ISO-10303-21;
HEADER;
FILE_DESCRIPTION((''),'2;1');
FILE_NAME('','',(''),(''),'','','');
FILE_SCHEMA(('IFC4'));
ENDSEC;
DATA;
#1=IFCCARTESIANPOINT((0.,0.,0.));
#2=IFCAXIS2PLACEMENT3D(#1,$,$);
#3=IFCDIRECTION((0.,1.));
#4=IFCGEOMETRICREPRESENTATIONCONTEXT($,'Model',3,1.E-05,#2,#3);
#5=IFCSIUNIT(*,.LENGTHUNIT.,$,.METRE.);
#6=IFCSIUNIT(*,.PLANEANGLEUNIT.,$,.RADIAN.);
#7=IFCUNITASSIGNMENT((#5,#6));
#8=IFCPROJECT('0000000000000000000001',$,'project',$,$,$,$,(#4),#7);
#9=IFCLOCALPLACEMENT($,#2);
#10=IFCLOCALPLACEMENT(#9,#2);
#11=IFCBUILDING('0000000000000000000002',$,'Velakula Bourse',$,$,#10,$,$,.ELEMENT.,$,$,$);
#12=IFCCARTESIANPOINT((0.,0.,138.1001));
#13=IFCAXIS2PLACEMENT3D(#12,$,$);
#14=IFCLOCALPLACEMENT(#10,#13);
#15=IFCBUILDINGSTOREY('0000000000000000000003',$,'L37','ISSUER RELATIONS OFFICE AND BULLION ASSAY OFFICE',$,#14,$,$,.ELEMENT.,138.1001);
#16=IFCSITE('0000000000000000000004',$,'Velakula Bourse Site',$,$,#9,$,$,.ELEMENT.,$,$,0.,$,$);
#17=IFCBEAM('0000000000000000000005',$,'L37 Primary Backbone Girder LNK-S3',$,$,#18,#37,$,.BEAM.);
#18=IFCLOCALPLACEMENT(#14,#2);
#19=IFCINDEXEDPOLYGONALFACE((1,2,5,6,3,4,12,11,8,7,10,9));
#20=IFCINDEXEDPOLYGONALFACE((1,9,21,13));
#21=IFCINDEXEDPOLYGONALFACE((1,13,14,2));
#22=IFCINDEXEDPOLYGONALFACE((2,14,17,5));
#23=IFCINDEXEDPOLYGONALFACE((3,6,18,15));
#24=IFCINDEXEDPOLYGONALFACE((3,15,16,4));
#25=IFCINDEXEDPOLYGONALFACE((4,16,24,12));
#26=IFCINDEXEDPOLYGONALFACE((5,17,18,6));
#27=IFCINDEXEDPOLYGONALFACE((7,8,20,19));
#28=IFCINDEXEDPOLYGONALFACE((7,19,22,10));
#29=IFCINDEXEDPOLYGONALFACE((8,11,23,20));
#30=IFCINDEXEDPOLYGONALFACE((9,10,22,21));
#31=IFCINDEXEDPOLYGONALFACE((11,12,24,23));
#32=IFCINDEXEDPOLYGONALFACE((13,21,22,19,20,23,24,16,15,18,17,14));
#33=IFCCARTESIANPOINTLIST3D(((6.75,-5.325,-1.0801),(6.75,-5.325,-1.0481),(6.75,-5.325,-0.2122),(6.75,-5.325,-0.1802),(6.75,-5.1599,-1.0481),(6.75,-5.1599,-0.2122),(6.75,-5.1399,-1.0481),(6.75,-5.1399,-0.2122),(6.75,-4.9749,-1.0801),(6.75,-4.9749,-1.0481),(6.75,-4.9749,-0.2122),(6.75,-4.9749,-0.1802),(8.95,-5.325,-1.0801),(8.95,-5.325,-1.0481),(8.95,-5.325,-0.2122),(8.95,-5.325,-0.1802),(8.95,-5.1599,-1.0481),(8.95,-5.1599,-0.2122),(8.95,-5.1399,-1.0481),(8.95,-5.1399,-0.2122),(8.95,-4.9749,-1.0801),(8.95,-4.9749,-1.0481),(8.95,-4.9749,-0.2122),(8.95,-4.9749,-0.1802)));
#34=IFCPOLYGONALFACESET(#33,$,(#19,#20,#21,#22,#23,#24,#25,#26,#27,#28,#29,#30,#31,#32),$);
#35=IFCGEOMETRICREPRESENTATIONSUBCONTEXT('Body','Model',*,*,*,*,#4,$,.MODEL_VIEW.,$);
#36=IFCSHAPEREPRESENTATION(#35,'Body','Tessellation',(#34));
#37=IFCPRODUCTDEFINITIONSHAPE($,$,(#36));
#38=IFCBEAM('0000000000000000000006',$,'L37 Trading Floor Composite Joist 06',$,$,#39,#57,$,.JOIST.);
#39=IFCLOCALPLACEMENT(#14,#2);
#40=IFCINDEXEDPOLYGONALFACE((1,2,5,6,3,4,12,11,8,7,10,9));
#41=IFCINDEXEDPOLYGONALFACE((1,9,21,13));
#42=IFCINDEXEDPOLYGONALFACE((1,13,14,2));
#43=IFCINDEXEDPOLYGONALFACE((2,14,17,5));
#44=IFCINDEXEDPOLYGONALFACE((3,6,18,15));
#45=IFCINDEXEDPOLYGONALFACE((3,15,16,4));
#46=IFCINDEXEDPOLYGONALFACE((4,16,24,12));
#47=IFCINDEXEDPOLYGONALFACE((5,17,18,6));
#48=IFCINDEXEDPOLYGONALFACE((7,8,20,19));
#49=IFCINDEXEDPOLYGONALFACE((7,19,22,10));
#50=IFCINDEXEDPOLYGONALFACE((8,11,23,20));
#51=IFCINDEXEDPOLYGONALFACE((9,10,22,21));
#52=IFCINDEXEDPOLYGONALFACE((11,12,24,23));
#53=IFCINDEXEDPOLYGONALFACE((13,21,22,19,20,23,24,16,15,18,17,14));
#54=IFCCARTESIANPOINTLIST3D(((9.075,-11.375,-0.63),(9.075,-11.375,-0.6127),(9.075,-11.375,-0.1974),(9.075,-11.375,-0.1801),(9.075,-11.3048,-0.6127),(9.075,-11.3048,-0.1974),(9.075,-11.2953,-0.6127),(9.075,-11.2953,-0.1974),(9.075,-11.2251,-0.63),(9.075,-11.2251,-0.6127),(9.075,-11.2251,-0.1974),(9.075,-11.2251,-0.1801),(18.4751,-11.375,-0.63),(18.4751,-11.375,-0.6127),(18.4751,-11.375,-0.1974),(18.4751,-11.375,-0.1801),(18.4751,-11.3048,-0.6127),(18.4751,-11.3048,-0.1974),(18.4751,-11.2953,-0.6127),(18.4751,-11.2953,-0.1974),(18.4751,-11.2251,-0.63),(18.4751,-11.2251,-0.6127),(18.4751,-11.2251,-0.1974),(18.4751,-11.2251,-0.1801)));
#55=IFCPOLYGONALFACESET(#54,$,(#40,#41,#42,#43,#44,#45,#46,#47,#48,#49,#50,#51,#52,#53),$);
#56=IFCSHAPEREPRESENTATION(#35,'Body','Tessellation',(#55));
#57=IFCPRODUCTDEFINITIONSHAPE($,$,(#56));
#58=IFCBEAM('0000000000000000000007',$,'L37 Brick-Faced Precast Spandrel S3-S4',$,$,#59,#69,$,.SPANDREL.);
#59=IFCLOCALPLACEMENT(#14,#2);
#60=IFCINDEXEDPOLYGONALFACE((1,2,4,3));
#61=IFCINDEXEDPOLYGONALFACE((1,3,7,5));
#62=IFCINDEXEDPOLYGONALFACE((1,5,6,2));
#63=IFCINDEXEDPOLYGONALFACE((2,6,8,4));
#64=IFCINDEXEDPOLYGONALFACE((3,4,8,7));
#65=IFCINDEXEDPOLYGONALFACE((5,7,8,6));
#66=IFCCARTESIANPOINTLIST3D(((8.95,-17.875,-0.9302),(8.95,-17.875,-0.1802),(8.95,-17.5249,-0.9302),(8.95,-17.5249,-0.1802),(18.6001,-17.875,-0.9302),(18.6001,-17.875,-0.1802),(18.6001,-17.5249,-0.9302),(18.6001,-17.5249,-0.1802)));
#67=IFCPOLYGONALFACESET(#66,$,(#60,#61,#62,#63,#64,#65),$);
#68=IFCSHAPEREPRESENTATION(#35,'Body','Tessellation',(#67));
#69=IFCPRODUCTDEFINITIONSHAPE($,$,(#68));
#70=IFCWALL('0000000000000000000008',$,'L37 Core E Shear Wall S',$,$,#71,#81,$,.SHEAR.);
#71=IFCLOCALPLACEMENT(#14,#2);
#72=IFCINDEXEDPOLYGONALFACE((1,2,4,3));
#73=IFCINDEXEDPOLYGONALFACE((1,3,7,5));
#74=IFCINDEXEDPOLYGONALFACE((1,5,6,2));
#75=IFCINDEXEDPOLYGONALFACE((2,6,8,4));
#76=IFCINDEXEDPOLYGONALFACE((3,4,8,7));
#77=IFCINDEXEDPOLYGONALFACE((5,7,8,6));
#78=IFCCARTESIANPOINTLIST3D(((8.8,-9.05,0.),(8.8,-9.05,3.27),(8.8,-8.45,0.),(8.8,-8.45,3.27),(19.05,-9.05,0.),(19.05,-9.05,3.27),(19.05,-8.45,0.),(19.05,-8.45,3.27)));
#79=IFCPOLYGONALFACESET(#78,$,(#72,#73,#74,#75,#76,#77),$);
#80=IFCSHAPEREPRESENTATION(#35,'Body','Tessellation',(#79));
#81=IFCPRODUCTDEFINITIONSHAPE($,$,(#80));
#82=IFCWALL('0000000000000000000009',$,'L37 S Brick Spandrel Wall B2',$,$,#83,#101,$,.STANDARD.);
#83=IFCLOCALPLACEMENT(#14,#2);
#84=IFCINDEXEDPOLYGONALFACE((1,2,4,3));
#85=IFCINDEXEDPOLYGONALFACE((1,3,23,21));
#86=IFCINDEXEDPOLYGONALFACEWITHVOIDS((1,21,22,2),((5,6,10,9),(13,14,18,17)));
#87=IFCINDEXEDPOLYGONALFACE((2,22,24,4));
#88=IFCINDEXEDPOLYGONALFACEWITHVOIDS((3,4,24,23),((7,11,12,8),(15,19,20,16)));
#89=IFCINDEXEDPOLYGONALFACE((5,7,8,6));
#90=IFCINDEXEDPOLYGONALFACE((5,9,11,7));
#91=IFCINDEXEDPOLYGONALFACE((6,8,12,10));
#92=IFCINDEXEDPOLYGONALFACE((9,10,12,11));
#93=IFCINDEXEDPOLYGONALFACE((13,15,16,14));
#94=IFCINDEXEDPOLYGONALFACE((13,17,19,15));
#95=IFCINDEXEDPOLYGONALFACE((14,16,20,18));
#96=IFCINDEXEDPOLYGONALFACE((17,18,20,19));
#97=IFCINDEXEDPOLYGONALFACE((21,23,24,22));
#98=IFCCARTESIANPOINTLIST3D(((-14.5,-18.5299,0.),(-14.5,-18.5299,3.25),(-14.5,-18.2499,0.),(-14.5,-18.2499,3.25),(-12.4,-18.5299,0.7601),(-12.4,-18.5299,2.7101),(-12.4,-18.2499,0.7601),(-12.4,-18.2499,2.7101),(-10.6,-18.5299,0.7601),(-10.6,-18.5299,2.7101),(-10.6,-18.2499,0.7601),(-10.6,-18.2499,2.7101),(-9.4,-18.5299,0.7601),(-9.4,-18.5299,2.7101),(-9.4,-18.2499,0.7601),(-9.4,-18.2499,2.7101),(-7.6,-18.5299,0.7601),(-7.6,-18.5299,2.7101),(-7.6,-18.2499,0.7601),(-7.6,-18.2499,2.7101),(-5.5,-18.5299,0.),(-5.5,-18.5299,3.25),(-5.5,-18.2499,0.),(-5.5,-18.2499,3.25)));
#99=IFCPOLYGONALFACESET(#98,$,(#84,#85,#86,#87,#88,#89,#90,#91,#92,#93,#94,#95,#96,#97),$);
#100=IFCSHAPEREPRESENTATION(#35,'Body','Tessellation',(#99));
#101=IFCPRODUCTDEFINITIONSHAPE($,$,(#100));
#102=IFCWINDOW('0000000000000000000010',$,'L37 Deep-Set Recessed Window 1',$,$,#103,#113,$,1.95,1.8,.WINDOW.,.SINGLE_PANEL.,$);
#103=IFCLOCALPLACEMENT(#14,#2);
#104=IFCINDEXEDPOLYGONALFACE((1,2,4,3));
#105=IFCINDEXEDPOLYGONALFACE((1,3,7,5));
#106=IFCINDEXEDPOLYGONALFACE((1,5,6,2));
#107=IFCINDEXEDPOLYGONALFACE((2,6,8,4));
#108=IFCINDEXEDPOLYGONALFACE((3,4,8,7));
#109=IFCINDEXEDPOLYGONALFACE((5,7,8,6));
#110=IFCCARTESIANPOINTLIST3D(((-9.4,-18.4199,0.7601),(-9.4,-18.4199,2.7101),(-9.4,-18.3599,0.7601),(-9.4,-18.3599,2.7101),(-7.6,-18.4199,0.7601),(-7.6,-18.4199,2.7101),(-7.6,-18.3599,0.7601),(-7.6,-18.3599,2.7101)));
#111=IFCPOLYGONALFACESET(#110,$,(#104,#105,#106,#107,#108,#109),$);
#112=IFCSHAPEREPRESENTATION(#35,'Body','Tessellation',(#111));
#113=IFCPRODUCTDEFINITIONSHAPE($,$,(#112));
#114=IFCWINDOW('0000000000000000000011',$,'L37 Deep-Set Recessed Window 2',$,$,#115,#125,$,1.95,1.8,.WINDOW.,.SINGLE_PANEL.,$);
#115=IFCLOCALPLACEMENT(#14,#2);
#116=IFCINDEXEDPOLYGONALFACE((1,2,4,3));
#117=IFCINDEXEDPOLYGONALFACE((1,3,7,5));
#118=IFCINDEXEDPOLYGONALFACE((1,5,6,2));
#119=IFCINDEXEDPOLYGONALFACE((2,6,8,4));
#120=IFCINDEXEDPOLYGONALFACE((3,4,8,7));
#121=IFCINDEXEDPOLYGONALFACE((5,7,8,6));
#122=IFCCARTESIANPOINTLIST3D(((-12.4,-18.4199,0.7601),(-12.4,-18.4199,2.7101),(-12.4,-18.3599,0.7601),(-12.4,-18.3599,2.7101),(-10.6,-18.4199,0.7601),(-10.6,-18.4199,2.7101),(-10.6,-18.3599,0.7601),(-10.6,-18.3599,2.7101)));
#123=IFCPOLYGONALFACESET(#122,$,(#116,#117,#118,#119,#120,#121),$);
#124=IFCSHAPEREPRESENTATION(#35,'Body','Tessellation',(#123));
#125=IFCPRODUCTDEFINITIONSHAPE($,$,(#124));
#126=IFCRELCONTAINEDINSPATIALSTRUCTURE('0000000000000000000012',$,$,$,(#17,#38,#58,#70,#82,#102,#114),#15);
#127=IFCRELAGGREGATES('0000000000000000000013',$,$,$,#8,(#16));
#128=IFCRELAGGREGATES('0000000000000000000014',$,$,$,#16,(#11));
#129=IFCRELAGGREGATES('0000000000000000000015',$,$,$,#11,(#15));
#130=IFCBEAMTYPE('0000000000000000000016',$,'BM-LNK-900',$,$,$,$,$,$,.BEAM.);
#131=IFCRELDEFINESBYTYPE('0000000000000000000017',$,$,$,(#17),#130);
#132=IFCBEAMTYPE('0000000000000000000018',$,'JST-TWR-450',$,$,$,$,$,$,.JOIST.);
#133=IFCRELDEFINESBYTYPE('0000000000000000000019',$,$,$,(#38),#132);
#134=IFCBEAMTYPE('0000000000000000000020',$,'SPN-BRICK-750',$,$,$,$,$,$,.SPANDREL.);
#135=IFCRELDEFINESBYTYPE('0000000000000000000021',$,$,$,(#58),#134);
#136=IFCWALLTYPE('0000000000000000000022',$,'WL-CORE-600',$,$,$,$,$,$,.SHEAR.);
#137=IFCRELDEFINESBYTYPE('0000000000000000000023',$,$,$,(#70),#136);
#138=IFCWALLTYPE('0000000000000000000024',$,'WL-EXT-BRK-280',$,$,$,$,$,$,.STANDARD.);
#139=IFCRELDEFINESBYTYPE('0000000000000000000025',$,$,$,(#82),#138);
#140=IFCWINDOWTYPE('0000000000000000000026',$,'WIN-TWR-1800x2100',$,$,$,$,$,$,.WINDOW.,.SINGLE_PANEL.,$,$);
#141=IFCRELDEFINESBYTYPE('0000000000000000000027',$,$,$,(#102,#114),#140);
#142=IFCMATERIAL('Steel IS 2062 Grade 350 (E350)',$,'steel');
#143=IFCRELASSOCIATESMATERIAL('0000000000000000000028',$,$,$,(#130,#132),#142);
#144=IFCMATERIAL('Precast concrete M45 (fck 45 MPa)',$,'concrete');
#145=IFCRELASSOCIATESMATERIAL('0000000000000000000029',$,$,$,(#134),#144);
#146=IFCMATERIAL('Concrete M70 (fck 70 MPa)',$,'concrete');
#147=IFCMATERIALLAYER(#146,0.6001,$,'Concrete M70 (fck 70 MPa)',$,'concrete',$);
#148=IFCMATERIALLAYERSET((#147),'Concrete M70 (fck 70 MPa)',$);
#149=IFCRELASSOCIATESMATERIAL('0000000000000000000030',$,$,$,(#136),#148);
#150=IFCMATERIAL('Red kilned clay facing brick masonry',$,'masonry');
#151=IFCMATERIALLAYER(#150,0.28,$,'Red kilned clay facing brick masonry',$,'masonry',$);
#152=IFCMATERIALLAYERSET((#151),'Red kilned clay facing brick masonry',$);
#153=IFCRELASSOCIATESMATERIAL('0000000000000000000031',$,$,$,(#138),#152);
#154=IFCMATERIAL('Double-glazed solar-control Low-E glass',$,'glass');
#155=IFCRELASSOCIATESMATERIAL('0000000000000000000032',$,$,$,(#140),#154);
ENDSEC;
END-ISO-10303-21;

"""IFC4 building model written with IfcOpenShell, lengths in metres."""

from ifc_helpers import new_model, si_unit, direction, frame, frame_2d, origin, origin_2d, place, context, subcontext, project, spatial, rectangle, i_section, extrude, material, layer, layer_set, material_profile, profile_set, type_object, element, fill, save


model = new_model("IFC4")

# Units and contexts
model_context = context("Model", 3, precision=1e-05, world=origin(), true_north=direction((0.0, 1.0)))
body_context = subcontext(model_context, "Body", "Model", "MODEL_VIEW")
ifc_project = project(units=[si_unit("LENGTHUNIT", "METRE"), si_unit("PLANEANGLEUNIT", "RADIAN")], contexts=[model_context])

# Site, building, storey
site_placement = place(None, origin())
site = spatial("IfcSite", under=ifc_project, at=site_placement, Name="Velakula Bourse Site", CompositionType="ELEMENT", RefElevation=0.0)
building_placement = place(site_placement, origin())
building = spatial("IfcBuilding", under=site, at=building_placement, Name="Velakula Bourse", CompositionType="ELEMENT")
storey_placement = place(building_placement, frame((0.0, 0.0, 138.1001)))
storey = spatial("IfcBuildingStorey", under=building, at=storey_placement, Name="L37", Description="ISSUER RELATIONS OFFICE AND BULLION ASSAY OFFICE", CompositionType="ELEMENT", Elevation=138.1001)

# Shared definitions
ifc_material_1 = material(Name="Concrete M70 (fck 70 MPa)", Category="concrete")
ifc_material_2 = material(Name="Steel IS 2062 Grade 350 (E350)", Category="steel")

# Beams
ifc_material_profile_1 = material_profile(ifc_material_2, i_section(OverallWidth=0.3501, OverallDepth=0.8999, WebThickness=0.02, FlangeThickness=0.032, at=origin_2d()), Name="Steel IS 2062 Grade 350 (E350)")
ifc_profile_set_1 = profile_set([ifc_material_profile_1], Name="Steel IS 2062 Grade 350 (E350)")
beam_type_1 = type_object("IfcBeamType", Name="BM-LNK-900", PredefinedType="BEAM", material=ifc_profile_set_1)
beam_1_placement = place(storey_placement, frame((6.75, -5.1499, -0.6301), z_axis=(1.0, 0.0, 0.0), x_axis=(0.0, 1.0, 0.0)))
element("IfcBeam", 1, at=beam_1_placement, inside=storey, type_object=beam_type_1, Name="L37 Primary Backbone Girder LNK-S3", PredefinedType="BEAM", context=body_context, shape_type="SweptSolid", body=[
    extrude(i_section(OverallWidth=0.3501, OverallDepth=0.8999, WebThickness=0.02, FlangeThickness=0.032, at=origin_2d()), origin(), (0.0, 0.0, 1.0), 2.2),
])
ifc_material_profile_2 = material_profile(ifc_material_2, i_section(OverallWidth=0.1499, OverallDepth=0.45, WebThickness=0.0095, FlangeThickness=0.0173, at=origin_2d()), Name="Steel IS 2062 Grade 350 (E350)")
ifc_profile_set_2 = profile_set([ifc_material_profile_2], Name="Steel IS 2062 Grade 350 (E350)")
beam_type_2 = type_object("IfcBeamType", Name="JST-TWR-450", PredefinedType="JOIST", material=ifc_profile_set_2)
beam_2_placement = place(storey_placement, frame((9.075, -11.3, -0.405), z_axis=(1.0, 0.0, 0.0), x_axis=(0.0, 1.0, 0.0)))
element("IfcBeam", 2, at=beam_2_placement, inside=storey, type_object=beam_type_2, Name="L37 Trading Floor Composite Joist 06", PredefinedType="JOIST", context=body_context, shape_type="SweptSolid", body=[
    extrude(i_section(OverallWidth=0.1499, OverallDepth=0.45, WebThickness=0.0095, FlangeThickness=0.0173, at=origin_2d()), origin(), (0.0, 0.0, 1.0), 9.4001),
])
ifc_material_3 = material(Name="Precast concrete M45 (fck 45 MPa)", Category="concrete")
ifc_material_profile_3 = material_profile(ifc_material_3, rectangle(XDim=0.3501, YDim=0.75, at=origin_2d()), Name="Precast concrete M45 (fck 45 MPa)")
ifc_profile_set_3 = profile_set([ifc_material_profile_3], Name="Precast concrete M45 (fck 45 MPa)")
beam_type_3 = type_object("IfcBeamType", Name="SPN-BRICK-750", PredefinedType="SPANDREL", material=ifc_profile_set_3)
beam_3_placement = place(storey_placement, frame((8.95, -17.7, -0.5552), z_axis=(1.0, 0.0, 0.0), x_axis=(0.0, 1.0, 0.0)))
element("IfcBeam", 3, at=beam_3_placement, inside=storey, type_object=beam_type_3, Name="L37 Brick-Faced Precast Spandrel S3-S4", PredefinedType="SPANDREL", context=body_context, shape_type="SweptSolid", body=[
    extrude(rectangle(XDim=0.3501, YDim=0.75, at=origin_2d()), origin(), (0.0, 0.0, 1.0), 9.6501),
])

# Wall
ifc_layer_1 = layer(ifc_material_1, 0.6001, Name="Concrete M70 (fck 70 MPa)", Category="concrete")
ifc_layer_set_1 = layer_set([ifc_layer_1], Name="Concrete M70 (fck 70 MPa)")
wall_type_1 = type_object("IfcWallType", Name="WL-CORE-600", PredefinedType="SHEAR", material=ifc_layer_set_1)
wall_1_placement = place(storey_placement, frame((8.8, -8.75, 0.0), z_axis=(0.0, 0.0, 1.0), x_axis=(1.0, 0.0, 0.0)))
element("IfcWall", 4, at=wall_1_placement, inside=storey, type_object=wall_type_1, Name="L37 Core E Shear Wall S", PredefinedType="SHEAR", context=body_context, shape_type="SweptSolid", body=[
    extrude(rectangle(XDim=10.25, YDim=0.6001, at=frame_2d((5.125, 0.0))), origin(), (0.0, 0.0, 1.0), 3.27),
])

# Wall, openings, windows
ifc_material_4 = material(Name="Red kilned clay facing brick masonry", Category="masonry")
ifc_layer_2 = layer(ifc_material_4, 0.28, Name="Red kilned clay facing brick masonry", Category="masonry")
ifc_layer_set_2 = layer_set([ifc_layer_2], Name="Red kilned clay facing brick masonry")
wall_type_2 = type_object("IfcWallType", Name="WL-EXT-BRK-280", PredefinedType="STANDARD", material=ifc_layer_set_2)
wall_2_placement = place(storey_placement, frame((-5.5, -18.3899, 0.0), z_axis=(0.0, 0.0, 1.0), x_axis=(-1.0, 0.0, 0.0)))
wall_2 = element("IfcWall", 5, at=wall_2_placement, inside=storey, type_object=wall_type_2, Name="L37 S Brick Spandrel Wall B2", PredefinedType="STANDARD", context=body_context, shape_type="SweptSolid", body=[
    extrude(rectangle(XDim=9.0, YDim=0.28, at=frame_2d((4.5, 0.0))), origin(), (0.0, 0.0, 1.0), 3.25),
])
opening_1_placement = place(wall_2_placement, frame((2.1001, 0.0, 0.76)))
opening_1 = element("IfcOpeningElement", 6, at=opening_1_placement, cuts=wall_2, PredefinedType="OPENING", context=body_context, shape_type="SweptSolid", body=[
    extrude(rectangle(XDim=1.8, YDim=1.95, at=frame_2d((0.8999, 0.9751))), frame((0.0, 0.1499, 0.0), z_axis=(0.0, -1.0, 0.0), x_axis=(1.0, 0.0, 0.0)), (0.0, 0.0, 1.0), 0.3),
])
opening_2_placement = place(wall_2_placement, frame((5.1001, 0.0, 0.76)))
opening_2 = element("IfcOpeningElement", 7, at=opening_2_placement, cuts=wall_2, PredefinedType="OPENING", context=body_context, shape_type="SweptSolid", body=[
    extrude(rectangle(XDim=1.8, YDim=1.95, at=frame_2d((0.8999, 0.9751))), frame((0.0, 0.1499, 0.0), z_axis=(0.0, -1.0, 0.0), x_axis=(1.0, 0.0, 0.0)), (0.0, 0.0, 1.0), 0.3),
])
ifc_material_5 = material(Name="Double-glazed solar-control Low-E glass", Category="glass")
window_type = type_object("IfcWindowType", Name="WIN-TWR-1800x2100", PartitioningType="SINGLE_PANEL", PredefinedType="WINDOW", material=ifc_material_5)
window_1_placement = place(opening_1_placement, origin())
window_1 = element("IfcWindow", 8, at=window_1_placement, inside=storey, type_object=window_type, Name="L37 Deep-Set Recessed Window 1", OverallHeight=1.95, OverallWidth=1.8, PartitioningType="SINGLE_PANEL", PredefinedType="WINDOW", context=body_context, shape_type="SweptSolid", body=[
    extrude(rectangle(XDim=1.8, YDim=1.95, at=frame_2d((0.8999, 0.9751))), frame((0.0, 0.03, 0.0), z_axis=(0.0, -1.0, 0.0), x_axis=(1.0, 0.0, 0.0)), (0.0, 0.0, 1.0), 0.0601),
])
fill(opening_1, window_1)
window_2_placement = place(opening_2_placement, origin())
window_2 = element("IfcWindow", 9, at=window_2_placement, inside=storey, type_object=window_type, Name="L37 Deep-Set Recessed Window 2", OverallHeight=1.95, OverallWidth=1.8, PartitioningType="SINGLE_PANEL", PredefinedType="WINDOW", context=body_context, shape_type="SweptSolid", body=[
    extrude(rectangle(XDim=1.8, YDim=1.95, at=frame_2d((0.8999, 0.9751))), frame((0.0, 0.03, 0.0), z_axis=(0.0, -1.0, 0.0), x_axis=(1.0, 0.0, 0.0)), (0.0, 0.0, 1.0), 0.0601),
])
fill(opening_2, window_2)

save(model, "model.ifc")
